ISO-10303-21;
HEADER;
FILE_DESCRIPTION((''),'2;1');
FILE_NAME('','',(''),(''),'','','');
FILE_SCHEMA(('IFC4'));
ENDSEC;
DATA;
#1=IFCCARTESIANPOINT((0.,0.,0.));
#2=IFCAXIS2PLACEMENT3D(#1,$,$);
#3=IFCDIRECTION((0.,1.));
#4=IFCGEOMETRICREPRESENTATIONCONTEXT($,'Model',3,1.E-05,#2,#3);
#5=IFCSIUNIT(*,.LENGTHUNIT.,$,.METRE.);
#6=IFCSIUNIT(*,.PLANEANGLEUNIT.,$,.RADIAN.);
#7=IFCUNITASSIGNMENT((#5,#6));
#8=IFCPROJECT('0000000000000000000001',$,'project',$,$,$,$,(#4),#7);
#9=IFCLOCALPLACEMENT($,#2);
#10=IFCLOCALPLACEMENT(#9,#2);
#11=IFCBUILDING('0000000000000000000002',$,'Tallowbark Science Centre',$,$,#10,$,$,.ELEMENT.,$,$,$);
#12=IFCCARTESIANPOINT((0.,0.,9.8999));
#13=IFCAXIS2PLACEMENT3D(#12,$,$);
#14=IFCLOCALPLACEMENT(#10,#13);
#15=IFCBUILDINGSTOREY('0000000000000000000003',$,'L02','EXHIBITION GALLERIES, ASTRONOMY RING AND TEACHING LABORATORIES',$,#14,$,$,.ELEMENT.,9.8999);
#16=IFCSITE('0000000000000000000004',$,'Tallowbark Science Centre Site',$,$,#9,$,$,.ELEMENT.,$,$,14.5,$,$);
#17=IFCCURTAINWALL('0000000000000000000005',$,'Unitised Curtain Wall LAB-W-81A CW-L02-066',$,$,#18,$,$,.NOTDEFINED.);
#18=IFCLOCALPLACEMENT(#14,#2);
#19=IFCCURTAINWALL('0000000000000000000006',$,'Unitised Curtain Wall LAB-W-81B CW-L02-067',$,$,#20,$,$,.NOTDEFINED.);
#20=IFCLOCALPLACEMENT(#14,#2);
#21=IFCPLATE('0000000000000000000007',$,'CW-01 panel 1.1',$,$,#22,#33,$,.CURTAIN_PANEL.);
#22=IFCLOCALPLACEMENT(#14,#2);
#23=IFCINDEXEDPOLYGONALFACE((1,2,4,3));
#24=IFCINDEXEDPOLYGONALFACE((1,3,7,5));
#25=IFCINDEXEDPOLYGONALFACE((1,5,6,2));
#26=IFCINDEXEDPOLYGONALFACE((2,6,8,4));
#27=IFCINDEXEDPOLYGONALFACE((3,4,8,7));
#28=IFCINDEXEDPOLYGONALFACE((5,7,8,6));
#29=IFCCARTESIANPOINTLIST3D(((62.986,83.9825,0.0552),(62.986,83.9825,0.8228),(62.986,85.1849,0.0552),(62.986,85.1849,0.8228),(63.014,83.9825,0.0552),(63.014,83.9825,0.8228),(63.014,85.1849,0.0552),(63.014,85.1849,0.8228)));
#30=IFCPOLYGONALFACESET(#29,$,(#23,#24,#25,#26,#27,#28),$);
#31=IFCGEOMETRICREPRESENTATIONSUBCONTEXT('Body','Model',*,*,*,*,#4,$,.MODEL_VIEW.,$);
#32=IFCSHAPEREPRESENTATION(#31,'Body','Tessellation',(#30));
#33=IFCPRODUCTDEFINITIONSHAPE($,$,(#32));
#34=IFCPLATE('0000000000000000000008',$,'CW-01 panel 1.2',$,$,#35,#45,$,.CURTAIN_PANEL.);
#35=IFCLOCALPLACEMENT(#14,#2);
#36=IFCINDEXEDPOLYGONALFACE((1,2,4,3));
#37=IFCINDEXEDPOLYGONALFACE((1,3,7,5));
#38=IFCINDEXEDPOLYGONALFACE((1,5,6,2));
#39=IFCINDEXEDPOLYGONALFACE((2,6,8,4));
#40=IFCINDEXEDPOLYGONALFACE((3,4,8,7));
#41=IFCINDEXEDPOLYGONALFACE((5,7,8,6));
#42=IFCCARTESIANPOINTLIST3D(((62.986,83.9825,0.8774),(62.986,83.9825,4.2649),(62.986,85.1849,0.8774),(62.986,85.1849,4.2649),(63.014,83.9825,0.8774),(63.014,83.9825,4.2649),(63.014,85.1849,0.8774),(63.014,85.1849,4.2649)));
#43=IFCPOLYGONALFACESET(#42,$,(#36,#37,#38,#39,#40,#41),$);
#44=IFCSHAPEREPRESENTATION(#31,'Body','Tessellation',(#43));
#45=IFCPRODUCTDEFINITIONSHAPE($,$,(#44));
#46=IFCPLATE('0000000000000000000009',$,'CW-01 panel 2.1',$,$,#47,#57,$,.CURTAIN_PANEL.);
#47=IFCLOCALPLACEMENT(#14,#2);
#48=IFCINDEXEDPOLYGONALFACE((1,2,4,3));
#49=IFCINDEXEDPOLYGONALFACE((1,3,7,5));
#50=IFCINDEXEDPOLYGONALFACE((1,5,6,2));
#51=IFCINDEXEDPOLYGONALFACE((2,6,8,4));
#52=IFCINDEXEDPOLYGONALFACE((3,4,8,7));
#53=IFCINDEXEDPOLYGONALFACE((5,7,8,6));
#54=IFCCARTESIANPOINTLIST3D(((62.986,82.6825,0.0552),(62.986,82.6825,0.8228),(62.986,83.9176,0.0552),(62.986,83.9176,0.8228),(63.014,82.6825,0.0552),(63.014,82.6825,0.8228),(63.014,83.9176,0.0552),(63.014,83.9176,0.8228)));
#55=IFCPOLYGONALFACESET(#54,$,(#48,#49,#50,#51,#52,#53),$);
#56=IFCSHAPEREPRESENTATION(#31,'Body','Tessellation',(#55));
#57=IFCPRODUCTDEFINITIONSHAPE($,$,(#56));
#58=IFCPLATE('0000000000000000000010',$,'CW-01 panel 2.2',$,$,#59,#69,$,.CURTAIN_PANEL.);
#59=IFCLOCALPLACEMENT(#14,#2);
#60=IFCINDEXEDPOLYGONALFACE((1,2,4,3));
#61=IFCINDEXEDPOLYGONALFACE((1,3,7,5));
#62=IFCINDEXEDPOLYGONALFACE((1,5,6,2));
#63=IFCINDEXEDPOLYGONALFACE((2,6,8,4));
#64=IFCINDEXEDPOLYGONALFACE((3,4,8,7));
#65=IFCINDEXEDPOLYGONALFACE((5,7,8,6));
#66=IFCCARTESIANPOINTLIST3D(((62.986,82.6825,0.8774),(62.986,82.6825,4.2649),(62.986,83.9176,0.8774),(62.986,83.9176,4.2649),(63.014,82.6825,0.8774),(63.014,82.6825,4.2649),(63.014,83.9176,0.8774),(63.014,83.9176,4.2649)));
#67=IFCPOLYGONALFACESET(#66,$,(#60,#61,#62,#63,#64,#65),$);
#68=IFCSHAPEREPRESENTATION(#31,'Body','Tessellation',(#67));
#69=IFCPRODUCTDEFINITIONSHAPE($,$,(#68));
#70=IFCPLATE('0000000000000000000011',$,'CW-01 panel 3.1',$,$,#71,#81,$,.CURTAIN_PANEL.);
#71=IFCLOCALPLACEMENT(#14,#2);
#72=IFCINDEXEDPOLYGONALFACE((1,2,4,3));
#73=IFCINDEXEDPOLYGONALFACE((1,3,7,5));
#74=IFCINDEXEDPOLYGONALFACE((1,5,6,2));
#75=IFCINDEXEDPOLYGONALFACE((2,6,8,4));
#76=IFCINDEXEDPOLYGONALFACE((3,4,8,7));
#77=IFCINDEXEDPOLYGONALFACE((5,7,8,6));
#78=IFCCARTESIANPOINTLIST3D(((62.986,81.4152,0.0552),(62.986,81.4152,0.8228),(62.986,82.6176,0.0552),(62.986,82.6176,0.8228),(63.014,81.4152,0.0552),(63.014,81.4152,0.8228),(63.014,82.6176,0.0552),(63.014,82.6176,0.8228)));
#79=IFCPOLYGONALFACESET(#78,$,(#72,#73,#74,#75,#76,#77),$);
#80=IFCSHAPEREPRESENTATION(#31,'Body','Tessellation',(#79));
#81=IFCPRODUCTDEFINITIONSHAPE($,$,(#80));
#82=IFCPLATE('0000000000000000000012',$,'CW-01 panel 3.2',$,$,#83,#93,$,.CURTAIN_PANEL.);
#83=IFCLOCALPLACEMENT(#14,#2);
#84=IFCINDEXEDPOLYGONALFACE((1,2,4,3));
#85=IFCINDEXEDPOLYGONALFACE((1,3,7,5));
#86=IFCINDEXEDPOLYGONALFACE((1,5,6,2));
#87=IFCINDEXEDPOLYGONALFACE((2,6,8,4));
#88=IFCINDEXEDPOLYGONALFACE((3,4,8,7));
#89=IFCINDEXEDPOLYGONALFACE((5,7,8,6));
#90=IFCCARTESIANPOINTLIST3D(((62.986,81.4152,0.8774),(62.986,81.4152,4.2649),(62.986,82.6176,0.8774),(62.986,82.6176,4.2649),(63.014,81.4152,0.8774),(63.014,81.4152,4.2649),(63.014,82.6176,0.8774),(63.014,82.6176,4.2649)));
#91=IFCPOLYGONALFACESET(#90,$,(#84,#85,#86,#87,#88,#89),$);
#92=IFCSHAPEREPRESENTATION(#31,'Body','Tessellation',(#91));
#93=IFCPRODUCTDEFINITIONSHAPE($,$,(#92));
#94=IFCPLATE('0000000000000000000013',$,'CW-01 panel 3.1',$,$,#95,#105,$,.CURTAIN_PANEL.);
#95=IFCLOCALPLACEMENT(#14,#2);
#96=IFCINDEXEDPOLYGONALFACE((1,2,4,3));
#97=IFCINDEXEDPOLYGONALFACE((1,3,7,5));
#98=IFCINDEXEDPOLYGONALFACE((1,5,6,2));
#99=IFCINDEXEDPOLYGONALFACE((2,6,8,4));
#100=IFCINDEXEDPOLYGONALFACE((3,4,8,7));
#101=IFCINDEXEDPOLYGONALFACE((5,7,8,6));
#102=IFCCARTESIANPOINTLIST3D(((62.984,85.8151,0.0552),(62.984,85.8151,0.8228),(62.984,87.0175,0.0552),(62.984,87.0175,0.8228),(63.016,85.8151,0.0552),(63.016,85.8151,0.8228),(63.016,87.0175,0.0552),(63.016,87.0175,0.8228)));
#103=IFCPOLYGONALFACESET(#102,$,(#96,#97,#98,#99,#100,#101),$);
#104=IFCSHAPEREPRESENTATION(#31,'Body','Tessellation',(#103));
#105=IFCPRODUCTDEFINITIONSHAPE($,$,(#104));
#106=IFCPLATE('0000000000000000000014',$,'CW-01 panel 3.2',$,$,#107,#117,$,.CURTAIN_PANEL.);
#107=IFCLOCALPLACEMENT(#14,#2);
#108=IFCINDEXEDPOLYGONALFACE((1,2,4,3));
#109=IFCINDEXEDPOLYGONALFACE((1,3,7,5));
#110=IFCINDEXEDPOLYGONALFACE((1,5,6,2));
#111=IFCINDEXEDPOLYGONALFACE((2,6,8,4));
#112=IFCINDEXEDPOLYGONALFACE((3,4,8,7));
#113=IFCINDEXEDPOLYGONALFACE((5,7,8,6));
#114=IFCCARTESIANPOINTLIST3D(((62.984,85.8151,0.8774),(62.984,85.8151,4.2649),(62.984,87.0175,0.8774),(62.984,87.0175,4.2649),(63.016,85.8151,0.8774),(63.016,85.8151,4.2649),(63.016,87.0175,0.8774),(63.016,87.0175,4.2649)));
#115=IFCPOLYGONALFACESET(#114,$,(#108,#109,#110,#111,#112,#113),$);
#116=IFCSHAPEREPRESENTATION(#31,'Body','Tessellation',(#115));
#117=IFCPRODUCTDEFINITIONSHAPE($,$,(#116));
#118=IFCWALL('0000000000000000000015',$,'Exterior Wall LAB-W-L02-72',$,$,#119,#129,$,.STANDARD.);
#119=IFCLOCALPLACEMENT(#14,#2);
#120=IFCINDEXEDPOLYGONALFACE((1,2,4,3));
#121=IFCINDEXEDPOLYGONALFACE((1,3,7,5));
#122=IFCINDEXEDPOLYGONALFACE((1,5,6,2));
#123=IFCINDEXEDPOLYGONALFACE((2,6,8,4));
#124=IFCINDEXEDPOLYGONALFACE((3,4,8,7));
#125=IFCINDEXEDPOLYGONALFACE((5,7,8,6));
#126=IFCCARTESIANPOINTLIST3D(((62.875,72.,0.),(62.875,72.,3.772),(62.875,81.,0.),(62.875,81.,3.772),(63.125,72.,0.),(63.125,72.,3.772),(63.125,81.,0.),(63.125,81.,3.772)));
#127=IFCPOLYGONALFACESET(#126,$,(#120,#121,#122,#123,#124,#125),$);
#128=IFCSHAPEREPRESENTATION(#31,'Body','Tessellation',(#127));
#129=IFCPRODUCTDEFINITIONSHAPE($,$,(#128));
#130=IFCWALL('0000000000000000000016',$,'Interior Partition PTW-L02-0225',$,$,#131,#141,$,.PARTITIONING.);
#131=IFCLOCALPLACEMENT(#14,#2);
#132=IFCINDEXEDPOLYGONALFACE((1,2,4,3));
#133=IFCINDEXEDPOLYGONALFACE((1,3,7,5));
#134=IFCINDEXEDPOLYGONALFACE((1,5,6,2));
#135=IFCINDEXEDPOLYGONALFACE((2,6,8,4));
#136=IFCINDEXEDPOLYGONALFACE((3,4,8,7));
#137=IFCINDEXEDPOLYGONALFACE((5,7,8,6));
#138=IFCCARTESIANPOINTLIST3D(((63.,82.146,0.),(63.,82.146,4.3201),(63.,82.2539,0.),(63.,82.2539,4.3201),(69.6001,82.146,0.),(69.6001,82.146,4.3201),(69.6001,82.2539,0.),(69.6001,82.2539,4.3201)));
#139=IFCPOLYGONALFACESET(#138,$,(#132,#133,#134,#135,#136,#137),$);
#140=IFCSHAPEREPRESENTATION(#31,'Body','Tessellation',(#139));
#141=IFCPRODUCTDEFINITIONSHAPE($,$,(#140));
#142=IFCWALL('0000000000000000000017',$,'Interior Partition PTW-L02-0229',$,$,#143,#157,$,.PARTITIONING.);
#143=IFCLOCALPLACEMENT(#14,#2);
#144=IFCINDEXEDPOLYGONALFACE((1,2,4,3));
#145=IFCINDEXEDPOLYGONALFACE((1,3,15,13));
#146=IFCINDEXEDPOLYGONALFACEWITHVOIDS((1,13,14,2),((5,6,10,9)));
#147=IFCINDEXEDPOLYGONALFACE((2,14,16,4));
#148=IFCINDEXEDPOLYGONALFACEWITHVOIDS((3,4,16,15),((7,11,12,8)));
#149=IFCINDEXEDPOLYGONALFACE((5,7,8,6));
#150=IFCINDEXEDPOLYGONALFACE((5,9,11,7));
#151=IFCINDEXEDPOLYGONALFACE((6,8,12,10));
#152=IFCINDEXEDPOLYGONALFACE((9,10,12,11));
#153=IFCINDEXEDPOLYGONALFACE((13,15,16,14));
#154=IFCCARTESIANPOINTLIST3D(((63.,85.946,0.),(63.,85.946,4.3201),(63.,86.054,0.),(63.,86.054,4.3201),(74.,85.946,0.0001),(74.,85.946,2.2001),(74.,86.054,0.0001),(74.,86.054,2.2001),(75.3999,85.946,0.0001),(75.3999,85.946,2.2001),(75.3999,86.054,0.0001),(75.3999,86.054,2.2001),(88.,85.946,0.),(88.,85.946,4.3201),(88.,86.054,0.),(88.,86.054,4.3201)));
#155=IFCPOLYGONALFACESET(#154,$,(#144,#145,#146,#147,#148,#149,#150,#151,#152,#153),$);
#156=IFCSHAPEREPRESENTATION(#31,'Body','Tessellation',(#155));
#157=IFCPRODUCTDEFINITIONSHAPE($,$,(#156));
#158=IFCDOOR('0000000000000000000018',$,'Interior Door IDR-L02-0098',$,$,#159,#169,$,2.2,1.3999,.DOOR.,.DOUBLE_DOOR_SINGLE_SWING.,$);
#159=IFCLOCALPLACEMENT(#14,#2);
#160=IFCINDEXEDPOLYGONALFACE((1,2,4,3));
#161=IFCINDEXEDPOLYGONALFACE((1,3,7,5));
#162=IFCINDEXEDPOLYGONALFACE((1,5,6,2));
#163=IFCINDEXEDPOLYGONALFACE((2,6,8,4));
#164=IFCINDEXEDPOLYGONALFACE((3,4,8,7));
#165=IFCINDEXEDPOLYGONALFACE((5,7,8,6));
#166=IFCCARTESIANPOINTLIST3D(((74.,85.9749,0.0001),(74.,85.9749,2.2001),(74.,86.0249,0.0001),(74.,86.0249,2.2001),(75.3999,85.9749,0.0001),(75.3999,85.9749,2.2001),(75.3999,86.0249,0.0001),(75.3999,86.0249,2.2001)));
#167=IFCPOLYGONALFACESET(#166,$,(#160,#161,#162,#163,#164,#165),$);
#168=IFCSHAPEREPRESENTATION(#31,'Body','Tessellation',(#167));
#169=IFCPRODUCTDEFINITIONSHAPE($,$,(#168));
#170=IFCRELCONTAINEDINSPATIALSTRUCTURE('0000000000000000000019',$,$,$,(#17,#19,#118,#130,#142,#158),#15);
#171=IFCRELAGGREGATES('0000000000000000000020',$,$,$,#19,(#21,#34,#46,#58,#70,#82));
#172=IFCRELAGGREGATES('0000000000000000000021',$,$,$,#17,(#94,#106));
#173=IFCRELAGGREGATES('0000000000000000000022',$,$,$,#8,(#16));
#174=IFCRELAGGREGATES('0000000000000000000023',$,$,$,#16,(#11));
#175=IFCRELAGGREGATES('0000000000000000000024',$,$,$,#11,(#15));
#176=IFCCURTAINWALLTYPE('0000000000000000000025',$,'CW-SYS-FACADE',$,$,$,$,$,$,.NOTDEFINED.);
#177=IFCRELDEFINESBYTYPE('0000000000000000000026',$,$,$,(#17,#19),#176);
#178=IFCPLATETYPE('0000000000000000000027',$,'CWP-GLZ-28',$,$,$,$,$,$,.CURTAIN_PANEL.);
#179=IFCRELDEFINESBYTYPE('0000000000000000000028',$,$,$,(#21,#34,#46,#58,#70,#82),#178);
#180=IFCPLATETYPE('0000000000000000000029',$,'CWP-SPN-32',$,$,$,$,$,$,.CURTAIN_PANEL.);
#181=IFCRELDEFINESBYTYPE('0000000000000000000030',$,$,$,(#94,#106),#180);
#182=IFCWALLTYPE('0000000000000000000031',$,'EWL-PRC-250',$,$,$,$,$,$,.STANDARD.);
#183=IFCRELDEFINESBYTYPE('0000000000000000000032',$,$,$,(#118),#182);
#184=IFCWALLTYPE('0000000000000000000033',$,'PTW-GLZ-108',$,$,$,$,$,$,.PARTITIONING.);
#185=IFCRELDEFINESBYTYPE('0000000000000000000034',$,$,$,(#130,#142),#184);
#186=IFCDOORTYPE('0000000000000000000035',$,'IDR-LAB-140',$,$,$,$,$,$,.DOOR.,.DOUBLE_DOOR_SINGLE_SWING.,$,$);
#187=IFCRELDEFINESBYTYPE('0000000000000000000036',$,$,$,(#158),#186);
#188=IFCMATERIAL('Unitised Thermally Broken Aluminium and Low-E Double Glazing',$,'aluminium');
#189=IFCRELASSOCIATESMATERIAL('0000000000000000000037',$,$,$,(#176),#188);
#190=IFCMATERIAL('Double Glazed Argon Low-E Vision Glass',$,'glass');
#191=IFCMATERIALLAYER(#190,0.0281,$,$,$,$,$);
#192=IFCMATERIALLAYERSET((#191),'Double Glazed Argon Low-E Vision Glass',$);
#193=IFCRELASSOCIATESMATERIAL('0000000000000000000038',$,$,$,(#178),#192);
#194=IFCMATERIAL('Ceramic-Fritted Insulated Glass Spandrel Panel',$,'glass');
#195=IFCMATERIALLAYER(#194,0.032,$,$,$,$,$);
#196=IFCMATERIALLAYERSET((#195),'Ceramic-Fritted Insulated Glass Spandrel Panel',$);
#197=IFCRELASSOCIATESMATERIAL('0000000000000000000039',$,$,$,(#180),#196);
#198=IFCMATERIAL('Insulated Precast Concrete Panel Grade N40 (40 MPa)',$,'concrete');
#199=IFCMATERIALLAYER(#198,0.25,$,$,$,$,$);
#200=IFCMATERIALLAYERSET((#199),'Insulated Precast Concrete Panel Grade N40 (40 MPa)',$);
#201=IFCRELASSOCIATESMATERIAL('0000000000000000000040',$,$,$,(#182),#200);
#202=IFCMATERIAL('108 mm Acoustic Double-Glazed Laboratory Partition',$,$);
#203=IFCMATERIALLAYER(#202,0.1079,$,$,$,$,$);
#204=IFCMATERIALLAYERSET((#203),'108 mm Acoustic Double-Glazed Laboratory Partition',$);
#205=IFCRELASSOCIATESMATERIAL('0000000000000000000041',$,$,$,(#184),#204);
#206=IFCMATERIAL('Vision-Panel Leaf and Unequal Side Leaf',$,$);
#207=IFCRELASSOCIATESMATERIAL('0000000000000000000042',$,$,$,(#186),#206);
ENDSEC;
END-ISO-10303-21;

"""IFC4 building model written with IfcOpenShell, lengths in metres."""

from ifc_helpers import new_model, si_unit, direction, frame, frame_2d, origin, origin_2d, place, context, subcontext, project, spatial, rectangle, extrude, material, layer, layer_set, type_object, element, fill, aggregate, save


model = new_model("IFC4")

# Units and contexts
model_context = context("Model", 3, precision=1e-05, world=origin(), true_north=direction((0.0, 1.0)))
body_context = subcontext(model_context, "Body", "Model", "MODEL_VIEW")
ifc_project = project(units=[si_unit("LENGTHUNIT", "METRE"), si_unit("PLANEANGLEUNIT", "RADIAN")], contexts=[model_context])

# Site, building, storey
site_placement = place(None, origin())
site = spatial("IfcSite", under=ifc_project, at=site_placement, Name="Tallowbark Science Centre Site", CompositionType="ELEMENT", RefElevation=14.5)
building_placement = place(site_placement, origin())
building = spatial("IfcBuilding", under=site, at=building_placement, Name="Tallowbark Science Centre", CompositionType="ELEMENT")
storey_placement = place(building_placement, frame((0.0, 0.0, 9.8999)))
storey = spatial("IfcBuildingStorey", under=building, at=storey_placement, Name="L02", Description="EXHIBITION GALLERIES, ASTRONOMY RING AND TEACHING LABORATORIES", CompositionType="ELEMENT", Elevation=9.8999)

# Curtain wall
ifc_material_1 = material(Name="Unitised Thermally Broken Aluminium and Low-E Double Glazing", Category="aluminium")
curtain_wall_type = type_object("IfcCurtainWallType", Name="CW-SYS-FACADE", PredefinedType="NOTDEFINED", material=ifc_material_1)
curtain_wall_1_placement = place(storey_placement, origin())
curtain_wall_1 = element("IfcCurtainWall", 1, at=curtain_wall_1_placement, inside=storey, type_object=curtain_wall_type, Name="Unitised Curtain Wall LAB-W-81A CW-L02-066", PredefinedType="NOTDEFINED")

# Curtain wall, plates
curtain_wall_2_placement = place(storey_placement, origin())
curtain_wall_2 = element("IfcCurtainWall", 2, at=curtain_wall_2_placement, inside=storey, type_object=curtain_wall_type, Name="Unitised Curtain Wall LAB-W-81B CW-L02-067", PredefinedType="NOTDEFINED")
ifc_material_2 = material(Name="Double Glazed Argon Low-E Vision Glass", Category="glass")
ifc_layer_1 = layer(ifc_material_2, 0.0281)
ifc_layer_set_1 = layer_set([ifc_layer_1], Name="Double Glazed Argon Low-E Vision Glass")
plate_type_1 = type_object("IfcPlateType", Name="CWP-GLZ-28", PredefinedType="CURTAIN_PANEL", material=ifc_layer_set_1)
plate_1_placement = place(storey_placement, frame((63.0, 84.5837, 0.0552), z_axis=(0.0, 0.0, 1.0), x_axis=(0.0, -1.0, 0.0)))
plate_1 = element("IfcPlate", 3, at=plate_1_placement, type_object=plate_type_1, Name="CW-01 panel 1.1", PredefinedType="CURTAIN_PANEL", context=body_context, shape_type="SweptSolid", body=[
    extrude(rectangle(XDim=1.2024, YDim=0.0281, at=origin_2d()), origin(), (0.0, 0.0, 1.0), 0.7676),
])
plate_2_placement = place(storey_placement, frame((63.0, 84.5837, 0.8774), z_axis=(0.0, 0.0, 1.0), x_axis=(0.0, -1.0, 0.0)))
plate_2 = element("IfcPlate", 4, at=plate_2_placement, type_object=plate_type_1, Name="CW-01 panel 1.2", PredefinedType="CURTAIN_PANEL", context=body_context, shape_type="SweptSolid", body=[
    extrude(rectangle(XDim=1.2024, YDim=0.0281, at=origin_2d()), origin(), (0.0, 0.0, 1.0), 3.3875),
])
plate_3_placement = place(storey_placement, frame((63.0, 83.3, 0.0552), z_axis=(0.0, 0.0, 1.0), x_axis=(0.0, -1.0, 0.0)))
plate_3 = element("IfcPlate", 5, at=plate_3_placement, type_object=plate_type_1, Name="CW-01 panel 2.1", PredefinedType="CURTAIN_PANEL", context=body_context, shape_type="SweptSolid", body=[
    extrude(rectangle(XDim=1.2351, YDim=0.0281, at=origin_2d()), origin(), (0.0, 0.0, 1.0), 0.7676),
])
plate_4_placement = place(storey_placement, frame((63.0, 83.3, 0.8774), z_axis=(0.0, 0.0, 1.0), x_axis=(0.0, -1.0, 0.0)))
plate_4 = element("IfcPlate", 6, at=plate_4_placement, type_object=plate_type_1, Name="CW-01 panel 2.2", PredefinedType="CURTAIN_PANEL", context=body_context, shape_type="SweptSolid", body=[
    extrude(rectangle(XDim=1.2351, YDim=0.0281, at=origin_2d()), origin(), (0.0, 0.0, 1.0), 3.3875),
])
plate_5_placement = place(storey_placement, frame((63.0, 82.0164, 0.0552), z_axis=(0.0, 0.0, 1.0), x_axis=(0.0, -1.0, 0.0)))
plate_5 = element("IfcPlate", 7, at=plate_5_placement, type_object=plate_type_1, Name="CW-01 panel 3.1", PredefinedType="CURTAIN_PANEL", context=body_context, shape_type="SweptSolid", body=[
    extrude(rectangle(XDim=1.2024, YDim=0.0281, at=origin_2d()), origin(), (0.0, 0.0, 1.0), 0.7676),
])
plate_6_placement = place(storey_placement, frame((63.0, 82.0164, 0.8774), z_axis=(0.0, 0.0, 1.0), x_axis=(0.0, -1.0, 0.0)))
plate_6 = element("IfcPlate", 8, at=plate_6_placement, type_object=plate_type_1, Name="CW-01 panel 3.2", PredefinedType="CURTAIN_PANEL", context=body_context, shape_type="SweptSolid", body=[
    extrude(rectangle(XDim=1.2024, YDim=0.0281, at=origin_2d()), origin(), (0.0, 0.0, 1.0), 3.3875),
])
aggregate(curtain_wall_2, [plate_1, plate_2, plate_3, plate_4, plate_5, plate_6])

# Plates
ifc_material_3 = material(Name="Ceramic-Fritted Insulated Glass Spandrel Panel", Category="glass")
ifc_layer_2 = layer(ifc_material_3, 0.032)
ifc_layer_set_2 = layer_set([ifc_layer_2], Name="Ceramic-Fritted Insulated Glass Spandrel Panel")
plate_type_2 = type_object("IfcPlateType", Name="CWP-SPN-32", PredefinedType="CURTAIN_PANEL", material=ifc_layer_set_2)
plate_7_placement = place(storey_placement, frame((63.0, 86.4163, 0.0552), z_axis=(0.0, 0.0, 1.0), x_axis=(0.0, -1.0, 0.0)))
plate_7 = element("IfcPlate", 9, at=plate_7_placement, type_object=plate_type_2, Name="CW-01 panel 3.1", PredefinedType="CURTAIN_PANEL", context=body_context, shape_type="SweptSolid", body=[
    extrude(rectangle(XDim=1.2024, YDim=0.032, at=origin_2d()), origin(), (0.0, 0.0, 1.0), 0.7676),
])
plate_8_placement = place(storey_placement, frame((63.0, 86.4163, 0.8774), z_axis=(0.0, 0.0, 1.0), x_axis=(0.0, -1.0, 0.0)))
plate_8 = element("IfcPlate", 10, at=plate_8_placement, type_object=plate_type_2, Name="CW-01 panel 3.2", PredefinedType="CURTAIN_PANEL", context=body_context, shape_type="SweptSolid", body=[
    extrude(rectangle(XDim=1.2024, YDim=0.032, at=origin_2d()), origin(), (0.0, 0.0, 1.0), 3.3875),
])
aggregate(curtain_wall_1, [plate_7, plate_8])

# Walls
ifc_material_4 = material(Name="Insulated Precast Concrete Panel Grade N40 (40 MPa)", Category="concrete")
ifc_layer_3 = layer(ifc_material_4, 0.25)
ifc_layer_set_3 = layer_set([ifc_layer_3], Name="Insulated Precast Concrete Panel Grade N40 (40 MPa)")
wall_type_1 = type_object("IfcWallType", Name="EWL-PRC-250", PredefinedType="STANDARD", material=ifc_layer_set_3)
wall_1_placement = place(storey_placement, frame((63.0, 81.0, 0.0), z_axis=(0.0, 0.0, 1.0), x_axis=(0.0, -1.0, 0.0)))
element("IfcWall", 11, at=wall_1_placement, inside=storey, type_object=wall_type_1, Name="Exterior Wall LAB-W-L02-72", PredefinedType="STANDARD", context=body_context, shape_type="SweptSolid", body=[
    extrude(rectangle(XDim=9.0, YDim=0.25, at=frame_2d((4.5, 0.0))), origin(), (0.0, 0.0, 1.0), 3.772),
])
ifc_material_5 = material(Name="108 mm Acoustic Double-Glazed Laboratory Partition")
ifc_layer_4 = layer(ifc_material_5, 0.1079)
ifc_layer_set_4 = layer_set([ifc_layer_4], Name="108 mm Acoustic Double-Glazed Laboratory Partition")
wall_type_2 = type_object("IfcWallType", Name="PTW-GLZ-108", PredefinedType="PARTITIONING", material=ifc_layer_set_4)
wall_2_placement = place(storey_placement, frame((63.0, 82.2, 0.0), z_axis=(0.0, 0.0, 1.0), x_axis=(1.0, 0.0, 0.0)))
element("IfcWall", 12, at=wall_2_placement, inside=storey, type_object=wall_type_2, Name="Interior Partition PTW-L02-0225", PredefinedType="PARTITIONING", context=body_context, shape_type="SweptSolid", body=[
    extrude(rectangle(XDim=6.6001, YDim=0.1079, at=frame_2d((3.3, 0.0))), origin(), (0.0, 0.0, 1.0), 4.3201),
])

# Wall, opening, door
wall_3_placement = place(storey_placement, frame((63.0, 86.0, 0.0), z_axis=(0.0, 0.0, 1.0), x_axis=(1.0, 0.0, 0.0)))
wall_3 = element("IfcWall", 13, at=wall_3_placement, inside=storey, type_object=wall_type_2, Name="Interior Partition PTW-L02-0229", PredefinedType="PARTITIONING", context=body_context, shape_type="SweptSolid", body=[
    extrude(rectangle(XDim=25.0, YDim=0.1079, at=frame_2d((12.5, 0.0))), origin(), (0.0, 0.0, 1.0), 4.3201),
])
opening_placement = place(wall_3_placement, frame((11.0, 0.0, 0.0)))
opening = element("IfcOpeningElement", 14, at=opening_placement, cuts=wall_3, PredefinedType="OPENING", context=body_context, shape_type="SweptSolid", body=[
    extrude(rectangle(XDim=1.3999, YDim=2.2, at=frame_2d((0.7, 1.1001))), frame((0.0, 0.064, 0.0), z_axis=(0.0, -1.0, 0.0), x_axis=(1.0, 0.0, 0.0)), (0.0, 0.0, 1.0), 0.1279),
])
ifc_material_6 = material(Name="Vision-Panel Leaf and Unequal Side Leaf")
door_type = type_object("IfcDoorType", Name="IDR-LAB-140", OperationType="DOUBLE_DOOR_SINGLE_SWING", PredefinedType="DOOR", material=ifc_material_6)
door_placement = place(opening_placement, origin())
door = element("IfcDoor", 15, at=door_placement, inside=storey, type_object=door_type, Name="Interior Door IDR-L02-0098", OperationType="DOUBLE_DOOR_SINGLE_SWING", OverallHeight=2.2, OverallWidth=1.3999, PredefinedType="DOOR", context=body_context, shape_type="SweptSolid", body=[
    extrude(rectangle(XDim=1.3999, YDim=2.2, at=frame_2d((0.7, 1.1001))), frame((0.0, 0.0249, 0.0), z_axis=(0.0, -1.0, 0.0), x_axis=(1.0, 0.0, 0.0)), (0.0, 0.0, 1.0), 0.05),
])
fill(opening, door)

save(model, "model.ifc")
